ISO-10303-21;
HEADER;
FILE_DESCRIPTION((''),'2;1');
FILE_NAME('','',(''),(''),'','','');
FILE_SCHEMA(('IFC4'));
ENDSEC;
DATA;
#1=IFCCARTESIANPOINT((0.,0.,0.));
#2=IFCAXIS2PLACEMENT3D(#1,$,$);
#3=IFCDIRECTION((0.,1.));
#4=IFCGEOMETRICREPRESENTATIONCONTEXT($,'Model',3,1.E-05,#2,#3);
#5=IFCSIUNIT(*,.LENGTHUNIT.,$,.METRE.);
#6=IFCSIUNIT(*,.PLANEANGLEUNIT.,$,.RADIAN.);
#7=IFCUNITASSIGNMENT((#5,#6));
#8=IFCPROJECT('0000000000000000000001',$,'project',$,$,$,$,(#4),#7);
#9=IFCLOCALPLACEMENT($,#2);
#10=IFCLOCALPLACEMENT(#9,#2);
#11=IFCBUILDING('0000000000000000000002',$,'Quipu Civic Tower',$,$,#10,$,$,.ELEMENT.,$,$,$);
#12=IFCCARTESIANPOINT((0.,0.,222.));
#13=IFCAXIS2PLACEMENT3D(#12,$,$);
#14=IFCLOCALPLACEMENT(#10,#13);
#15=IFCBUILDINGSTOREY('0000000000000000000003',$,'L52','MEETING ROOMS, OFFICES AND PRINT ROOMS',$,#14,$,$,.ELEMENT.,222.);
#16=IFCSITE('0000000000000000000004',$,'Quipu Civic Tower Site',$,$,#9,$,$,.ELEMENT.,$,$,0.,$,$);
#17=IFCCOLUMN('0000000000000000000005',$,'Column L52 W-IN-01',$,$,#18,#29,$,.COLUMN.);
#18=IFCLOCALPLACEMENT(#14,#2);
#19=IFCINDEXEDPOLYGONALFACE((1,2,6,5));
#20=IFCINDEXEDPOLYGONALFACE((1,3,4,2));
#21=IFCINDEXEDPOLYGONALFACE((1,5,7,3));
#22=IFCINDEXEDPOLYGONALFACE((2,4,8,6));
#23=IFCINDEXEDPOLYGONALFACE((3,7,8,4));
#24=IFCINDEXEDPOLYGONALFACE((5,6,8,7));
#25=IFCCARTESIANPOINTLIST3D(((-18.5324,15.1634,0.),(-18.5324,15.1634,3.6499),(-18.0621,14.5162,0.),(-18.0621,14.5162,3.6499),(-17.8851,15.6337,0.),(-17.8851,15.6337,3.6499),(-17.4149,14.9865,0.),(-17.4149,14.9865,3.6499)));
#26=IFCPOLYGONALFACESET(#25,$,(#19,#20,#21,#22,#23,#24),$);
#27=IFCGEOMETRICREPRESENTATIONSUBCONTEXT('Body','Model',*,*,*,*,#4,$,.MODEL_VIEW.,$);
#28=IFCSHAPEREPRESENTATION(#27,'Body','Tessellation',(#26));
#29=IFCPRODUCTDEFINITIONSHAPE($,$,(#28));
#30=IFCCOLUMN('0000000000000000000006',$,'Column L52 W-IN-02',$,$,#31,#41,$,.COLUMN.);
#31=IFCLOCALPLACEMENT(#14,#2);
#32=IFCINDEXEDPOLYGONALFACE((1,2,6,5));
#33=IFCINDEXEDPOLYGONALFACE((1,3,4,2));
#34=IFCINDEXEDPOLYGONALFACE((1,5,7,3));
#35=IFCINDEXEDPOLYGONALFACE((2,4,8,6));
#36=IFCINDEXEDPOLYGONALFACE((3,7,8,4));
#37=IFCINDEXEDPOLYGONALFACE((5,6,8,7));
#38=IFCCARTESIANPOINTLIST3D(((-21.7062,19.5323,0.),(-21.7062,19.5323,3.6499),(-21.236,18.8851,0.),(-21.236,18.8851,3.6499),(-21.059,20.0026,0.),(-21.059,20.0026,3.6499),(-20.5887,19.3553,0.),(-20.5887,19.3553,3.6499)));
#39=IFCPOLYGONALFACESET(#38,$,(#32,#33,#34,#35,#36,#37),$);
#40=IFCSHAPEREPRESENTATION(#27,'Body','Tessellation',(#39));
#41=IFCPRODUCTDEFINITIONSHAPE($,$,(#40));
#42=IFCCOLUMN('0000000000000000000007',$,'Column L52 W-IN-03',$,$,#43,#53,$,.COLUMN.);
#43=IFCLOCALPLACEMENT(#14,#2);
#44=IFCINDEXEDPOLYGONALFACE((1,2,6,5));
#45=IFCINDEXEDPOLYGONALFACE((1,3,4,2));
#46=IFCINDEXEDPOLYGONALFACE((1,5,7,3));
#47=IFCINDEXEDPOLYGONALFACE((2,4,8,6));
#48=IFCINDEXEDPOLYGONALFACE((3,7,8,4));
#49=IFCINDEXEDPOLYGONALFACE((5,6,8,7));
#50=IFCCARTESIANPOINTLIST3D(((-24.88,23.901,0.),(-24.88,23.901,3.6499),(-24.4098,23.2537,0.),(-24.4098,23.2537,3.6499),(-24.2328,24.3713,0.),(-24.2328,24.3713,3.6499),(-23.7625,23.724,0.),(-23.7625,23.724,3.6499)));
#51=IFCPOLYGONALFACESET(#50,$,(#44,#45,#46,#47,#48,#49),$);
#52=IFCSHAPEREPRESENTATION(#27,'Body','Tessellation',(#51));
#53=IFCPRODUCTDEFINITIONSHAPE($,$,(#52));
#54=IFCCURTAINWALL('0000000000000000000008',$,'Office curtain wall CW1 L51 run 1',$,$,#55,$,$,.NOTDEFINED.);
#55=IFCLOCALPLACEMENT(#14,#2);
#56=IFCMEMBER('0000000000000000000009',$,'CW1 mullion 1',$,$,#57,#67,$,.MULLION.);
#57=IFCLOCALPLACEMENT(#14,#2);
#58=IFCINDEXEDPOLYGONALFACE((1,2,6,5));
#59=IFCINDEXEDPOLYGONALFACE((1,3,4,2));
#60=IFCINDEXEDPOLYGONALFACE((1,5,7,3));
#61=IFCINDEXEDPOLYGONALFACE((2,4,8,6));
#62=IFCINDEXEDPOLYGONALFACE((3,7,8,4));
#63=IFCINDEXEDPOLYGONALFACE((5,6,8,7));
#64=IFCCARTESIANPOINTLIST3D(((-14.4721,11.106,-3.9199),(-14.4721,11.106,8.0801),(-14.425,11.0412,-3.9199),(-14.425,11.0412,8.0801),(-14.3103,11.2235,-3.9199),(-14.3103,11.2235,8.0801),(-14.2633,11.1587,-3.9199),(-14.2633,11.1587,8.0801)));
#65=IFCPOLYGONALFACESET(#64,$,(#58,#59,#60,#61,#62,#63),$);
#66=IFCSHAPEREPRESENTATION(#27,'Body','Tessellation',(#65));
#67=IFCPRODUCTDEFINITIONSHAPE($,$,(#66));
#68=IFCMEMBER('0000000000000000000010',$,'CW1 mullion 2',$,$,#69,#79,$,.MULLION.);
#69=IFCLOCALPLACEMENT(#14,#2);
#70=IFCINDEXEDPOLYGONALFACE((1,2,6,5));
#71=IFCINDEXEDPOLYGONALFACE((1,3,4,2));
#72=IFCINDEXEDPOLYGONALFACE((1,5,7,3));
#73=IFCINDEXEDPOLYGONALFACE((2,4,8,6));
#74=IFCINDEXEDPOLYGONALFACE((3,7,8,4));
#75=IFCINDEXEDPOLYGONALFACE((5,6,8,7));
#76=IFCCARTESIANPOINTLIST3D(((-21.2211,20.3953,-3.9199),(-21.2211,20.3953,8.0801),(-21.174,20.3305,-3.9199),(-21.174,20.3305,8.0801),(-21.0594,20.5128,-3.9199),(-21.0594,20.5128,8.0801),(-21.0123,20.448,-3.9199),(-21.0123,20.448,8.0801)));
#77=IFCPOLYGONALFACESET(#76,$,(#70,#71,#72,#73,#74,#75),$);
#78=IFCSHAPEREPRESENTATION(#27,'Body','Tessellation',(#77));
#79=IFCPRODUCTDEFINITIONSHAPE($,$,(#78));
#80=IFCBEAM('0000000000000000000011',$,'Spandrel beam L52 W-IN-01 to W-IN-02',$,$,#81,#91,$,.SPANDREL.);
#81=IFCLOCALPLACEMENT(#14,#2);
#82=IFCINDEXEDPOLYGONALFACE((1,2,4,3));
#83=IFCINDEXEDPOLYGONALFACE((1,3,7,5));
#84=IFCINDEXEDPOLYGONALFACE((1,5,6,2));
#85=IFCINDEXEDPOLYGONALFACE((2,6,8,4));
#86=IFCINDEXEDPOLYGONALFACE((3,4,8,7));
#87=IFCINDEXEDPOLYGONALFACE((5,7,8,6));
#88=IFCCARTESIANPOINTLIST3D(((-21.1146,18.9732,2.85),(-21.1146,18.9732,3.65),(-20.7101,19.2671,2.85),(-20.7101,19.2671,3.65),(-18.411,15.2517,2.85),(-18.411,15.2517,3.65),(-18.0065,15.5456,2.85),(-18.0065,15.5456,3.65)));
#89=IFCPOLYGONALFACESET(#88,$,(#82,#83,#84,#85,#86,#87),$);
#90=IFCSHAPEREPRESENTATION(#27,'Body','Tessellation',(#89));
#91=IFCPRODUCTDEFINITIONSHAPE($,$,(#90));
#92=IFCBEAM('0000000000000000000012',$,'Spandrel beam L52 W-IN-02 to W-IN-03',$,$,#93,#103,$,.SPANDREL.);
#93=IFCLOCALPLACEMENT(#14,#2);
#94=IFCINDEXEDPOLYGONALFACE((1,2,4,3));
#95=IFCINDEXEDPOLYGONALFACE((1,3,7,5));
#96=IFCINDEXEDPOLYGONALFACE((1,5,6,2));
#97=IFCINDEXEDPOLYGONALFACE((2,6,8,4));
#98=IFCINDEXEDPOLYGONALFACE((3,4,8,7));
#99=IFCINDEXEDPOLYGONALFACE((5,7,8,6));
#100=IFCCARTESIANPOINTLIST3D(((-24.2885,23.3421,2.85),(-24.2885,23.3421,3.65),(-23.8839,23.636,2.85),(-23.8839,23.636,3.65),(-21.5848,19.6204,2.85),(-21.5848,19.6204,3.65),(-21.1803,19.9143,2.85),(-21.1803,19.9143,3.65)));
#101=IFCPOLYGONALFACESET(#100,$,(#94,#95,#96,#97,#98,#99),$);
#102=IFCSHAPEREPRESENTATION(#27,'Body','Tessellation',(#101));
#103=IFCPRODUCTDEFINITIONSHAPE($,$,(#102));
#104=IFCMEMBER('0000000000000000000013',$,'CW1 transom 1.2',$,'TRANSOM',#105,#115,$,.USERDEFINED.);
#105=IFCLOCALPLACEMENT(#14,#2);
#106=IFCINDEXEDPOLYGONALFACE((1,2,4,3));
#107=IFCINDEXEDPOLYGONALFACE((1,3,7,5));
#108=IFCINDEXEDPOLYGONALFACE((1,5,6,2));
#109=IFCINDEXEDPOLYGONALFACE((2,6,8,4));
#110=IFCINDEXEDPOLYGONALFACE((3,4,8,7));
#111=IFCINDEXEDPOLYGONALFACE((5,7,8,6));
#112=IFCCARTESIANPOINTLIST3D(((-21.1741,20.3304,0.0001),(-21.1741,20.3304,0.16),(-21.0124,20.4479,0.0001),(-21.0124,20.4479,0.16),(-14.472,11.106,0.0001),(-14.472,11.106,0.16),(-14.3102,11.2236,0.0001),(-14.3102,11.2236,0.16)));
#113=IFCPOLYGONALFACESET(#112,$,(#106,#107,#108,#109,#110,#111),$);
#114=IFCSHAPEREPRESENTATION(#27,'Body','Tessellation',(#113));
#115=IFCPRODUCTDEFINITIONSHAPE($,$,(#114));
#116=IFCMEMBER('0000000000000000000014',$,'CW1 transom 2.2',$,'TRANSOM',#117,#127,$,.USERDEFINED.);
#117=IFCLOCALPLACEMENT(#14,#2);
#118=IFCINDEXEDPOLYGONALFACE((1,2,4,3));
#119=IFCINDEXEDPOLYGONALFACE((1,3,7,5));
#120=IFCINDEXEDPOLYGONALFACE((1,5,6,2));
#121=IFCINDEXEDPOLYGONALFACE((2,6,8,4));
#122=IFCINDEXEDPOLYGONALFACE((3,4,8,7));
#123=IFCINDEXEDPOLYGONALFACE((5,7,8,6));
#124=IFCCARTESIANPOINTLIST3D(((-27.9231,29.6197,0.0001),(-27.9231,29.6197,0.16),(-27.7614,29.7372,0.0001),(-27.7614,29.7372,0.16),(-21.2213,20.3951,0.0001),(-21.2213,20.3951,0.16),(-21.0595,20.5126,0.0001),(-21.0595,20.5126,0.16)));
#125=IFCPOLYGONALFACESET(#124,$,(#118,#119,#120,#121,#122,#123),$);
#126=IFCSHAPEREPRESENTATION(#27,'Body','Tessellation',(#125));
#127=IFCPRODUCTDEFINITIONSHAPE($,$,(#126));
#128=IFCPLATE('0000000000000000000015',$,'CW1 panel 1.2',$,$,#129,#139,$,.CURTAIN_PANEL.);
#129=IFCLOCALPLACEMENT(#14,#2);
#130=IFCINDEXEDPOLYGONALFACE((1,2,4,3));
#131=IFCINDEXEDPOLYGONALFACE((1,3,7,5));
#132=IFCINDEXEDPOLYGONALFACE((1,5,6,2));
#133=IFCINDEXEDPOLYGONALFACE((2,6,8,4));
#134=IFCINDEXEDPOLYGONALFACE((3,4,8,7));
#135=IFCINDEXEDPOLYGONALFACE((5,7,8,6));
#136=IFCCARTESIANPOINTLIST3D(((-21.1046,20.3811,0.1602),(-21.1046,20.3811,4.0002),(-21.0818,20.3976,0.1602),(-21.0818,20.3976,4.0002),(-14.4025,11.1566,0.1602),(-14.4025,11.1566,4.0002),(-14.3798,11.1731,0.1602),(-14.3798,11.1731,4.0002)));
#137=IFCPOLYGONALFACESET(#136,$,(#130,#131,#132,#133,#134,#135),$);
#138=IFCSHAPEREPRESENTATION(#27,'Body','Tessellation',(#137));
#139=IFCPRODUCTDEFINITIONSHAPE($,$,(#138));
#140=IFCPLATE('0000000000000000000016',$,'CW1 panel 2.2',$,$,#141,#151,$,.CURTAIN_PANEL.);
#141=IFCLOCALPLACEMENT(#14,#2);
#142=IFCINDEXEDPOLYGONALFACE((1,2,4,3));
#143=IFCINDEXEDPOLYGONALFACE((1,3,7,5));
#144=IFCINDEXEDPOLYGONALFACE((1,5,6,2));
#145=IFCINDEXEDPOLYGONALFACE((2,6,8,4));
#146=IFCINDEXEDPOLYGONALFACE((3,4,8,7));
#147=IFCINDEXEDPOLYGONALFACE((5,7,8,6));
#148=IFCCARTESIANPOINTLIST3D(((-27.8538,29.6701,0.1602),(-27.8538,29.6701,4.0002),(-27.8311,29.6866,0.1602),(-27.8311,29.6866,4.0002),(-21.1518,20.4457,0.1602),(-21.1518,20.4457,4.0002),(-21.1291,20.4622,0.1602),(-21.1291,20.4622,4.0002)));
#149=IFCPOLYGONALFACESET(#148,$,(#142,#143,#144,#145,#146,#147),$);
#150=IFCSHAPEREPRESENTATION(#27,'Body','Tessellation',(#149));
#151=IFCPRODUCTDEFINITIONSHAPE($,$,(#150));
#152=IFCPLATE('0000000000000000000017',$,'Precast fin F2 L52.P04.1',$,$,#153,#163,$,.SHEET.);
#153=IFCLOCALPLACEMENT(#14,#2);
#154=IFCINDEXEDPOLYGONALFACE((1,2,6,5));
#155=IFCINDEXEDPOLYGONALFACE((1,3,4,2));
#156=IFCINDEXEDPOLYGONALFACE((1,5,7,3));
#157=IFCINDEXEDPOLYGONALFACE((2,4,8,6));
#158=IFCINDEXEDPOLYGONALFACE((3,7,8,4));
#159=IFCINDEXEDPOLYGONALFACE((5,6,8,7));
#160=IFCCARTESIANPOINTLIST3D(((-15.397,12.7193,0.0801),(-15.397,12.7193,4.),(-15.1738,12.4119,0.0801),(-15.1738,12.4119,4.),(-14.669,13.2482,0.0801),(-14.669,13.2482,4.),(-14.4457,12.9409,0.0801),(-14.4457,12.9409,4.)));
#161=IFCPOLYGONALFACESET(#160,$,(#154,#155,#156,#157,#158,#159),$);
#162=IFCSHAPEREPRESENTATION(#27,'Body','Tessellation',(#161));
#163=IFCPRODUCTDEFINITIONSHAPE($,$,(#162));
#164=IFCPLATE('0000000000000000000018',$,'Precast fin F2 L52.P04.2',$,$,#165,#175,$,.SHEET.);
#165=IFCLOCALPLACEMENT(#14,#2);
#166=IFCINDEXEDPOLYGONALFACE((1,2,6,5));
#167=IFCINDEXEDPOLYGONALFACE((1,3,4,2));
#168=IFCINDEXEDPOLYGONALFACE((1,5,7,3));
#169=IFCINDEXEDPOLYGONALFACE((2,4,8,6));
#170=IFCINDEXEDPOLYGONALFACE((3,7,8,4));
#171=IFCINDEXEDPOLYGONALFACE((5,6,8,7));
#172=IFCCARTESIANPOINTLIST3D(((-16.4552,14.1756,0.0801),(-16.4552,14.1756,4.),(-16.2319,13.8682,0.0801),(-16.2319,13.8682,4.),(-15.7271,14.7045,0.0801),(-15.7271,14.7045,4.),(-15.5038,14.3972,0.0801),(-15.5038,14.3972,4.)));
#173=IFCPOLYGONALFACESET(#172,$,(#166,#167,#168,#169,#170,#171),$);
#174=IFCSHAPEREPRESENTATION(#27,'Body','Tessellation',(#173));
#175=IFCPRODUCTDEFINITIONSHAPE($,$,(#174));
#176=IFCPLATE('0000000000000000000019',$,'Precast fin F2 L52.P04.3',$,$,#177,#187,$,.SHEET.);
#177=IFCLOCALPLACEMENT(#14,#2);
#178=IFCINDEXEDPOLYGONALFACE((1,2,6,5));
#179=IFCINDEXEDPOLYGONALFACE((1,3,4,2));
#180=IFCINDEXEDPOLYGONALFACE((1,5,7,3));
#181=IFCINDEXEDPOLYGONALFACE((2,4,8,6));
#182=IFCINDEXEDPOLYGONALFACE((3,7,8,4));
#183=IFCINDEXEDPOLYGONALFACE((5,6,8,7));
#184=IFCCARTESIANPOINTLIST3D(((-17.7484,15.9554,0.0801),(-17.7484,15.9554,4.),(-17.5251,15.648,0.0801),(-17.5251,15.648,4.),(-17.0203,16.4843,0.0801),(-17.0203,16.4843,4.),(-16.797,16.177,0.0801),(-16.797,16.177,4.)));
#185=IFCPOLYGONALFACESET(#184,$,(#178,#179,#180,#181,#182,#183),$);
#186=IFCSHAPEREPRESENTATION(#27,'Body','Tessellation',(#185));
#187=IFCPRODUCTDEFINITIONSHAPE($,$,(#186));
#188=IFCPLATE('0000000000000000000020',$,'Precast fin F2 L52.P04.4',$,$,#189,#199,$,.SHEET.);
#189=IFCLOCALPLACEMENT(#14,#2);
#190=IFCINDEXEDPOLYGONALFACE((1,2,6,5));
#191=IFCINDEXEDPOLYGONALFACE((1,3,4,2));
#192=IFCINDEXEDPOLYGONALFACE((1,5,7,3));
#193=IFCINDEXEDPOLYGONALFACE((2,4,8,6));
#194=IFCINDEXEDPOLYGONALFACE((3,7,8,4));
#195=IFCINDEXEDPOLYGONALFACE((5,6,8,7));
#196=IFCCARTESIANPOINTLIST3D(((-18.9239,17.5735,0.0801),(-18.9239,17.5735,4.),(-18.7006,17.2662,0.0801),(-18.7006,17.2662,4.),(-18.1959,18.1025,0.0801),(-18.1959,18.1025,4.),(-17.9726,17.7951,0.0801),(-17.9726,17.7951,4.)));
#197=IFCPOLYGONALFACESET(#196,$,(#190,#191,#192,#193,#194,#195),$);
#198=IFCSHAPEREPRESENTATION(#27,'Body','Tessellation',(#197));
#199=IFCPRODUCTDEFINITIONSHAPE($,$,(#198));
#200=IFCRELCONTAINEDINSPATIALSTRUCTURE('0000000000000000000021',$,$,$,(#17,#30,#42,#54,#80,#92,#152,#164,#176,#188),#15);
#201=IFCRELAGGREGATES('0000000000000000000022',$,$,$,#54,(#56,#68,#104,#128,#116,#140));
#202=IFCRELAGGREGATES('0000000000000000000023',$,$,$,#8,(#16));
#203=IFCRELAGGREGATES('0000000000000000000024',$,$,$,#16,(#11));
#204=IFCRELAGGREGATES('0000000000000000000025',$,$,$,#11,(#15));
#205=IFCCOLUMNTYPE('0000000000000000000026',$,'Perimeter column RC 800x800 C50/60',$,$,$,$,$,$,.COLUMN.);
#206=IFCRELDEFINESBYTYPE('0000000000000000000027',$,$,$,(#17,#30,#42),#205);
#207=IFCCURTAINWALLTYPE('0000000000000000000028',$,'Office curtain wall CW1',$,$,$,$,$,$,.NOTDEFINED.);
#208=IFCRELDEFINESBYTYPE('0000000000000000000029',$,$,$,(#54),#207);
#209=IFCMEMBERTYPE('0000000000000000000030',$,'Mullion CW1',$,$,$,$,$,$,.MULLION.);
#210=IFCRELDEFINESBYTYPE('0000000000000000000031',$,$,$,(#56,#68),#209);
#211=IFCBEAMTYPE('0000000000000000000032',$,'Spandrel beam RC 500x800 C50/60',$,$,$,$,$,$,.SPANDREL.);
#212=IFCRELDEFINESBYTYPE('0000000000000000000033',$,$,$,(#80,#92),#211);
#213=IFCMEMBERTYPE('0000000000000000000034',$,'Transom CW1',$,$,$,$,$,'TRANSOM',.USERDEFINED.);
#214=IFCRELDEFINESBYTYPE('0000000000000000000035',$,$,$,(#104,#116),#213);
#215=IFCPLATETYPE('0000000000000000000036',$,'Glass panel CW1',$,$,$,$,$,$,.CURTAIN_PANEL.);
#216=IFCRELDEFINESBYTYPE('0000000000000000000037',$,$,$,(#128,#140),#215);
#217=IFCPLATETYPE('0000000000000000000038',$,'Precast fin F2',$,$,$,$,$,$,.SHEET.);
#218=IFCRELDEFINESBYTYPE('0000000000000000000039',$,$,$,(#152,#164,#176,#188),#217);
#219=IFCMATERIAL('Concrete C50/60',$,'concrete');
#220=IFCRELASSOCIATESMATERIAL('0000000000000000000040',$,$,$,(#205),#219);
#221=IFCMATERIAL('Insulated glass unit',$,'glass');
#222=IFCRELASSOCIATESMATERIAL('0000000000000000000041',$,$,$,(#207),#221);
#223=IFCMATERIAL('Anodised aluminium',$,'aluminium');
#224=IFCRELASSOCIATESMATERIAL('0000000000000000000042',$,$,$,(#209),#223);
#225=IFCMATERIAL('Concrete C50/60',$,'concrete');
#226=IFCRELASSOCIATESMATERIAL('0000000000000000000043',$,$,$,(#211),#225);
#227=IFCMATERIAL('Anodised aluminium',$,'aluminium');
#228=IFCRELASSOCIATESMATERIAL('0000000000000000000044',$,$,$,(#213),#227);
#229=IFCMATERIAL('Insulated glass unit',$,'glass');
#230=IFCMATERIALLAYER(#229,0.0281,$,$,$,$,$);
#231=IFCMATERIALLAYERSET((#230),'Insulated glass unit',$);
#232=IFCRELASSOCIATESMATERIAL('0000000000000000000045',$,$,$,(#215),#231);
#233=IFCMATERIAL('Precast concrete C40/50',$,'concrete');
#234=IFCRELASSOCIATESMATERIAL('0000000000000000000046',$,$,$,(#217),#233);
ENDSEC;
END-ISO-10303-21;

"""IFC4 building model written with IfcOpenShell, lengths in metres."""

from ifc_helpers import new_model, si_unit, direction, frame, origin, origin_2d, place, context, subcontext, project, spatial, rectangle, extrude, material, layer, layer_set, material_profile, profile_set, type_object, element, aggregate, save


model = new_model("IFC4")

# Units and contexts
model_context = context("Model", 3, precision=1e-05, world=origin(), true_north=direction((0.0, 1.0)))
body_context = subcontext(model_context, "Body", "Model", "MODEL_VIEW")
ifc_project = project(units=[si_unit("LENGTHUNIT", "METRE"), si_unit("PLANEANGLEUNIT", "RADIAN")], contexts=[model_context])

# Site, building, storey
site_placement = place(None, origin())
site = spatial("IfcSite", under=ifc_project, at=site_placement, Name="Quipu Civic Tower Site", CompositionType="ELEMENT", RefElevation=0.0)
building_placement = place(site_placement, origin())
building = spatial("IfcBuilding", under=site, at=building_placement, Name="Quipu Civic Tower", CompositionType="ELEMENT")
storey_placement = place(building_placement, frame((0.0, 0.0, 222.0)))
storey = spatial("IfcBuildingStorey", under=building, at=storey_placement, Name="L52", Description="MEETING ROOMS, OFFICES AND PRINT ROOMS", CompositionType="ELEMENT", Elevation=222.0)

# Columns
ifc_material_1 = material(Name="Concrete C50/60", Category="concrete")
ifc_material_profile_1 = material_profile(ifc_material_1, rectangle(XDim=0.8, YDim=0.8, at=origin_2d()), Name="RC800x800")
ifc_profile_set_1 = profile_set([ifc_material_profile_1], Name="Concrete C50/60")
column_type = type_object("IfcColumnType", Name="Perimeter column RC 800x800 C50/60", PredefinedType="COLUMN", material=ifc_profile_set_1)
for number, where, z_axis, x_axis, name in (
    (1, (-17.9736, 15.075, 0.0), (0.0, 0.0, 1.0), (-0.587785, 0.809017, 0.0), "Column L52 W-IN-01"),
    (2, (-21.1475, 19.4438, 0.0), (0.0, 0.0, 1.0), (-0.587785, 0.809017, 0.0), "Column L52 W-IN-02"),
    (3, (-24.3213, 23.8125, 0.0), (0.0, 0.0, 1.0), (-0.587785, 0.809017, 0.0), "Column L52 W-IN-03"),
):
    element("IfcColumn", number, at=place(storey_placement, frame(where, z_axis=z_axis, x_axis=x_axis)), inside=storey, type_object=column_type, Name=name, PredefinedType="COLUMN", context=body_context, shape_type="SweptSolid", body=[
        extrude(rectangle(XDim=0.8, YDim=0.8, at=origin_2d()), origin(), (0.0, 0.0, 1.0), 3.6499),
    ])

# Curtain wall, members
ifc_material_2 = material(Name="Insulated glass unit", Category="glass")
curtain_wall_type = type_object("IfcCurtainWallType", Name="Office curtain wall CW1", PredefinedType="NOTDEFINED", material=ifc_material_2)
curtain_wall_placement = place(storey_placement, origin())
curtain_wall = element("IfcCurtainWall", 4, at=curtain_wall_placement, inside=storey, type_object=curtain_wall_type, Name="Office curtain wall CW1 L51 run 1", PredefinedType="NOTDEFINED")
ifc_material_3 = material(Name="Anodised aluminium", Category="aluminium")
ifc_material_profile_2 = material_profile(ifc_material_3, rectangle(XDim=0.2, YDim=0.0801, at=origin_2d()), Name="RECT 200x80")
ifc_profile_set_2 = profile_set([ifc_material_profile_2], Name="Anodised aluminium")
member_type_1 = type_object("IfcMemberType", Name="Mullion CW1", PredefinedType="MULLION", material=ifc_profile_set_2)
member_1_placement = place(storey_placement, frame((-14.3677, 11.1323, -3.9199), z_axis=(0.0, 0.0, 1.0), x_axis=(-0.809014, -0.587789, 0.0)))
member_1 = element("IfcMember", 5, at=member_1_placement, type_object=member_type_1, Name="CW1 mullion 1", PredefinedType="MULLION", context=body_context, shape_type="SweptSolid", body=[
    extrude(rectangle(XDim=0.2, YDim=0.0801, at=origin_2d()), origin(), (0.0, 0.0, 1.0), 12.0),
])
member_2_placement = place(storey_placement, frame((-21.1167, 20.4216, -3.9199), z_axis=(0.0, 0.0, 1.0), x_axis=(-0.809014, -0.587789, 0.0)))
member_2 = element("IfcMember", 6, at=member_2_placement, type_object=member_type_1, Name="CW1 mullion 2", PredefinedType="MULLION", context=body_context, shape_type="SweptSolid", body=[
    extrude(rectangle(XDim=0.2, YDim=0.0801, at=origin_2d()), origin(), (0.0, 0.0, 1.0), 12.0),
])

# Beams
ifc_material_4 = material(Name="Concrete C50/60", Category="concrete")
ifc_material_profile_3 = material_profile(ifc_material_4, rectangle(XDim=0.5, YDim=0.8, at=origin_2d()), Name="RC500x800")
ifc_profile_set_3 = profile_set([ifc_material_profile_3], Name="Concrete C50/60")
beam_type = type_object("IfcBeamType", Name="Spandrel beam RC 500x800 C50/60", PredefinedType="SPANDREL", material=ifc_profile_set_3)
beam_1_placement = place(storey_placement, frame((-18.2087, 15.3987, 3.25), z_axis=(-0.587761, 0.809034, 0.0), x_axis=(-0.809034, -0.587761, 0.0)))
element("IfcBeam", 7, at=beam_1_placement, inside=storey, type_object=beam_type, Name="Spandrel beam L52 W-IN-01 to W-IN-02", PredefinedType="SPANDREL", context=body_context, shape_type="SweptSolid", body=[
    extrude(rectangle(XDim=0.5, YDim=0.8, at=origin_2d()), origin(), (0.0, 0.0, 1.0), 4.5999),
])
beam_2_placement = place(storey_placement, frame((-21.3826, 19.7673, 3.25), z_axis=(-0.587736, 0.809053, 0.0), x_axis=(-0.809053, -0.587736, 0.0)))
element("IfcBeam", 8, at=beam_2_placement, inside=storey, type_object=beam_type, Name="Spandrel beam L52 W-IN-02 to W-IN-03", PredefinedType="SPANDREL", context=body_context, shape_type="SweptSolid", body=[
    extrude(rectangle(XDim=0.5, YDim=0.8, at=origin_2d()), origin(), (0.0, 0.0, 1.0), 4.6001),
])

# Members
ifc_material_5 = material(Name="Anodised aluminium", Category="aluminium")
ifc_material_profile_4 = material_profile(ifc_material_5, rectangle(XDim=0.2, YDim=0.1599, at=origin_2d()), Name="RECT 200x160")
ifc_profile_set_4 = profile_set([ifc_material_profile_4], Name="Anodised aluminium")
member_type_2 = type_object("IfcMemberType", Name="Transom CW1", ElementType="TRANSOM", PredefinedType="USERDEFINED", material=ifc_profile_set_4)
member_3_placement = place(storey_placement, frame((-14.3911, 11.1648, 0.0801), z_axis=(-0.5878, 0.809006, 0.0), x_axis=(-0.809006, -0.5878, 0.0)))
member_3 = element("IfcMember", 9, at=member_3_placement, type_object=member_type_2, Name="CW1 transom 1.2", ObjectType="TRANSOM", PredefinedType="USERDEFINED", context=body_context, shape_type="SweptSolid", body=[
    extrude(rectangle(XDim=0.2, YDim=0.1599, at=origin_2d()), origin(), (0.0, 0.0, 1.0), 11.4021),
])
member_4_placement = place(storey_placement, frame((-21.1404, 20.4539, 0.0801), z_axis=(-0.587776, 0.809024, 0.0), x_axis=(-0.809024, -0.587776, 0.0)))
member_4 = element("IfcMember", 10, at=member_4_placement, type_object=member_type_2, Name="CW1 transom 2.2", ObjectType="TRANSOM", PredefinedType="USERDEFINED", context=body_context, shape_type="SweptSolid", body=[
    extrude(rectangle(XDim=0.2, YDim=0.1599, at=origin_2d()), origin(), (0.0, 0.0, 1.0), 11.4021),
])

# Plates
ifc_material_6 = material(Name="Insulated glass unit", Category="glass")
ifc_layer = layer(ifc_material_6, 0.0281)
ifc_layer_set = layer_set([ifc_layer], Name="Insulated glass unit")
plate_type_1 = type_object("IfcPlateType", Name="Glass panel CW1", PredefinedType="CURTAIN_PANEL", material=ifc_layer_set)
plate_1_placement = place(storey_placement, frame((-17.7422, 15.7771, 0.1602), z_axis=(0.0, 0.0, 1.0), x_axis=(-0.587789, 0.809014, 0.0)))
plate_1 = element("IfcPlate", 11, at=plate_1_placement, type_object=plate_type_1, Name="CW1 panel 1.2", PredefinedType="CURTAIN_PANEL", context=body_context, shape_type="SweptSolid", body=[
    extrude(rectangle(XDim=11.4021, YDim=0.0281, at=origin_2d()), origin(), (0.0, 0.0, 1.0), 3.8401),
])
plate_2_placement = place(storey_placement, frame((-24.4915, 25.0662, 0.1602), z_axis=(0.0, 0.0, 1.0), x_axis=(-0.587789, 0.809014, 0.0)))
plate_2 = element("IfcPlate", 12, at=plate_2_placement, type_object=plate_type_1, Name="CW1 panel 2.2", PredefinedType="CURTAIN_PANEL", context=body_context, shape_type="SweptSolid", body=[
    extrude(rectangle(XDim=11.4021, YDim=0.0281, at=origin_2d()), origin(), (0.0, 0.0, 1.0), 3.8401),
])
aggregate(curtain_wall, [member_1, member_2, member_3, plate_1, member_4, plate_2])

# Plates
ifc_material_7 = material(Name="Precast concrete C40/50", Category="concrete")
plate_type_2 = type_object("IfcPlateType", Name="Precast fin F2", PredefinedType="SHEET", material=ifc_material_7)
for number, where, z_axis, x_axis, name in (
    (13, (-14.9214, 12.8301, 0.0801), (0.0, 0.0, 1.0), (-0.587787, 0.809016, 0.0), "Precast fin F2 L52.P04.1"),
    (14, (-15.9795, 14.2864, 0.0801), (0.0, 0.0, 1.0), (-0.587787, 0.809016, 0.0), "Precast fin F2 L52.P04.2"),
    (15, (-17.2727, 16.0662, 0.0801), (0.0, 0.0, 1.0), (-0.587787, 0.809016, 0.0), "Precast fin F2 L52.P04.3"),
    (16, (-18.4482, 17.6843, 0.0801), (0.0, 0.0, 1.0), (-0.587787, 0.809016, 0.0), "Precast fin F2 L52.P04.4"),
):
    element("IfcPlate", number, at=place(storey_placement, frame(where, z_axis=z_axis, x_axis=x_axis)), inside=storey, type_object=plate_type_2, Name=name, PredefinedType="SHEET", context=body_context, shape_type="SweptSolid", body=[
        extrude(rectangle(XDim=0.3799, YDim=0.8999, at=origin_2d()), origin(), (0.0, 0.0, 1.0), 3.9199),
    ])

save(model, "model.ifc")
